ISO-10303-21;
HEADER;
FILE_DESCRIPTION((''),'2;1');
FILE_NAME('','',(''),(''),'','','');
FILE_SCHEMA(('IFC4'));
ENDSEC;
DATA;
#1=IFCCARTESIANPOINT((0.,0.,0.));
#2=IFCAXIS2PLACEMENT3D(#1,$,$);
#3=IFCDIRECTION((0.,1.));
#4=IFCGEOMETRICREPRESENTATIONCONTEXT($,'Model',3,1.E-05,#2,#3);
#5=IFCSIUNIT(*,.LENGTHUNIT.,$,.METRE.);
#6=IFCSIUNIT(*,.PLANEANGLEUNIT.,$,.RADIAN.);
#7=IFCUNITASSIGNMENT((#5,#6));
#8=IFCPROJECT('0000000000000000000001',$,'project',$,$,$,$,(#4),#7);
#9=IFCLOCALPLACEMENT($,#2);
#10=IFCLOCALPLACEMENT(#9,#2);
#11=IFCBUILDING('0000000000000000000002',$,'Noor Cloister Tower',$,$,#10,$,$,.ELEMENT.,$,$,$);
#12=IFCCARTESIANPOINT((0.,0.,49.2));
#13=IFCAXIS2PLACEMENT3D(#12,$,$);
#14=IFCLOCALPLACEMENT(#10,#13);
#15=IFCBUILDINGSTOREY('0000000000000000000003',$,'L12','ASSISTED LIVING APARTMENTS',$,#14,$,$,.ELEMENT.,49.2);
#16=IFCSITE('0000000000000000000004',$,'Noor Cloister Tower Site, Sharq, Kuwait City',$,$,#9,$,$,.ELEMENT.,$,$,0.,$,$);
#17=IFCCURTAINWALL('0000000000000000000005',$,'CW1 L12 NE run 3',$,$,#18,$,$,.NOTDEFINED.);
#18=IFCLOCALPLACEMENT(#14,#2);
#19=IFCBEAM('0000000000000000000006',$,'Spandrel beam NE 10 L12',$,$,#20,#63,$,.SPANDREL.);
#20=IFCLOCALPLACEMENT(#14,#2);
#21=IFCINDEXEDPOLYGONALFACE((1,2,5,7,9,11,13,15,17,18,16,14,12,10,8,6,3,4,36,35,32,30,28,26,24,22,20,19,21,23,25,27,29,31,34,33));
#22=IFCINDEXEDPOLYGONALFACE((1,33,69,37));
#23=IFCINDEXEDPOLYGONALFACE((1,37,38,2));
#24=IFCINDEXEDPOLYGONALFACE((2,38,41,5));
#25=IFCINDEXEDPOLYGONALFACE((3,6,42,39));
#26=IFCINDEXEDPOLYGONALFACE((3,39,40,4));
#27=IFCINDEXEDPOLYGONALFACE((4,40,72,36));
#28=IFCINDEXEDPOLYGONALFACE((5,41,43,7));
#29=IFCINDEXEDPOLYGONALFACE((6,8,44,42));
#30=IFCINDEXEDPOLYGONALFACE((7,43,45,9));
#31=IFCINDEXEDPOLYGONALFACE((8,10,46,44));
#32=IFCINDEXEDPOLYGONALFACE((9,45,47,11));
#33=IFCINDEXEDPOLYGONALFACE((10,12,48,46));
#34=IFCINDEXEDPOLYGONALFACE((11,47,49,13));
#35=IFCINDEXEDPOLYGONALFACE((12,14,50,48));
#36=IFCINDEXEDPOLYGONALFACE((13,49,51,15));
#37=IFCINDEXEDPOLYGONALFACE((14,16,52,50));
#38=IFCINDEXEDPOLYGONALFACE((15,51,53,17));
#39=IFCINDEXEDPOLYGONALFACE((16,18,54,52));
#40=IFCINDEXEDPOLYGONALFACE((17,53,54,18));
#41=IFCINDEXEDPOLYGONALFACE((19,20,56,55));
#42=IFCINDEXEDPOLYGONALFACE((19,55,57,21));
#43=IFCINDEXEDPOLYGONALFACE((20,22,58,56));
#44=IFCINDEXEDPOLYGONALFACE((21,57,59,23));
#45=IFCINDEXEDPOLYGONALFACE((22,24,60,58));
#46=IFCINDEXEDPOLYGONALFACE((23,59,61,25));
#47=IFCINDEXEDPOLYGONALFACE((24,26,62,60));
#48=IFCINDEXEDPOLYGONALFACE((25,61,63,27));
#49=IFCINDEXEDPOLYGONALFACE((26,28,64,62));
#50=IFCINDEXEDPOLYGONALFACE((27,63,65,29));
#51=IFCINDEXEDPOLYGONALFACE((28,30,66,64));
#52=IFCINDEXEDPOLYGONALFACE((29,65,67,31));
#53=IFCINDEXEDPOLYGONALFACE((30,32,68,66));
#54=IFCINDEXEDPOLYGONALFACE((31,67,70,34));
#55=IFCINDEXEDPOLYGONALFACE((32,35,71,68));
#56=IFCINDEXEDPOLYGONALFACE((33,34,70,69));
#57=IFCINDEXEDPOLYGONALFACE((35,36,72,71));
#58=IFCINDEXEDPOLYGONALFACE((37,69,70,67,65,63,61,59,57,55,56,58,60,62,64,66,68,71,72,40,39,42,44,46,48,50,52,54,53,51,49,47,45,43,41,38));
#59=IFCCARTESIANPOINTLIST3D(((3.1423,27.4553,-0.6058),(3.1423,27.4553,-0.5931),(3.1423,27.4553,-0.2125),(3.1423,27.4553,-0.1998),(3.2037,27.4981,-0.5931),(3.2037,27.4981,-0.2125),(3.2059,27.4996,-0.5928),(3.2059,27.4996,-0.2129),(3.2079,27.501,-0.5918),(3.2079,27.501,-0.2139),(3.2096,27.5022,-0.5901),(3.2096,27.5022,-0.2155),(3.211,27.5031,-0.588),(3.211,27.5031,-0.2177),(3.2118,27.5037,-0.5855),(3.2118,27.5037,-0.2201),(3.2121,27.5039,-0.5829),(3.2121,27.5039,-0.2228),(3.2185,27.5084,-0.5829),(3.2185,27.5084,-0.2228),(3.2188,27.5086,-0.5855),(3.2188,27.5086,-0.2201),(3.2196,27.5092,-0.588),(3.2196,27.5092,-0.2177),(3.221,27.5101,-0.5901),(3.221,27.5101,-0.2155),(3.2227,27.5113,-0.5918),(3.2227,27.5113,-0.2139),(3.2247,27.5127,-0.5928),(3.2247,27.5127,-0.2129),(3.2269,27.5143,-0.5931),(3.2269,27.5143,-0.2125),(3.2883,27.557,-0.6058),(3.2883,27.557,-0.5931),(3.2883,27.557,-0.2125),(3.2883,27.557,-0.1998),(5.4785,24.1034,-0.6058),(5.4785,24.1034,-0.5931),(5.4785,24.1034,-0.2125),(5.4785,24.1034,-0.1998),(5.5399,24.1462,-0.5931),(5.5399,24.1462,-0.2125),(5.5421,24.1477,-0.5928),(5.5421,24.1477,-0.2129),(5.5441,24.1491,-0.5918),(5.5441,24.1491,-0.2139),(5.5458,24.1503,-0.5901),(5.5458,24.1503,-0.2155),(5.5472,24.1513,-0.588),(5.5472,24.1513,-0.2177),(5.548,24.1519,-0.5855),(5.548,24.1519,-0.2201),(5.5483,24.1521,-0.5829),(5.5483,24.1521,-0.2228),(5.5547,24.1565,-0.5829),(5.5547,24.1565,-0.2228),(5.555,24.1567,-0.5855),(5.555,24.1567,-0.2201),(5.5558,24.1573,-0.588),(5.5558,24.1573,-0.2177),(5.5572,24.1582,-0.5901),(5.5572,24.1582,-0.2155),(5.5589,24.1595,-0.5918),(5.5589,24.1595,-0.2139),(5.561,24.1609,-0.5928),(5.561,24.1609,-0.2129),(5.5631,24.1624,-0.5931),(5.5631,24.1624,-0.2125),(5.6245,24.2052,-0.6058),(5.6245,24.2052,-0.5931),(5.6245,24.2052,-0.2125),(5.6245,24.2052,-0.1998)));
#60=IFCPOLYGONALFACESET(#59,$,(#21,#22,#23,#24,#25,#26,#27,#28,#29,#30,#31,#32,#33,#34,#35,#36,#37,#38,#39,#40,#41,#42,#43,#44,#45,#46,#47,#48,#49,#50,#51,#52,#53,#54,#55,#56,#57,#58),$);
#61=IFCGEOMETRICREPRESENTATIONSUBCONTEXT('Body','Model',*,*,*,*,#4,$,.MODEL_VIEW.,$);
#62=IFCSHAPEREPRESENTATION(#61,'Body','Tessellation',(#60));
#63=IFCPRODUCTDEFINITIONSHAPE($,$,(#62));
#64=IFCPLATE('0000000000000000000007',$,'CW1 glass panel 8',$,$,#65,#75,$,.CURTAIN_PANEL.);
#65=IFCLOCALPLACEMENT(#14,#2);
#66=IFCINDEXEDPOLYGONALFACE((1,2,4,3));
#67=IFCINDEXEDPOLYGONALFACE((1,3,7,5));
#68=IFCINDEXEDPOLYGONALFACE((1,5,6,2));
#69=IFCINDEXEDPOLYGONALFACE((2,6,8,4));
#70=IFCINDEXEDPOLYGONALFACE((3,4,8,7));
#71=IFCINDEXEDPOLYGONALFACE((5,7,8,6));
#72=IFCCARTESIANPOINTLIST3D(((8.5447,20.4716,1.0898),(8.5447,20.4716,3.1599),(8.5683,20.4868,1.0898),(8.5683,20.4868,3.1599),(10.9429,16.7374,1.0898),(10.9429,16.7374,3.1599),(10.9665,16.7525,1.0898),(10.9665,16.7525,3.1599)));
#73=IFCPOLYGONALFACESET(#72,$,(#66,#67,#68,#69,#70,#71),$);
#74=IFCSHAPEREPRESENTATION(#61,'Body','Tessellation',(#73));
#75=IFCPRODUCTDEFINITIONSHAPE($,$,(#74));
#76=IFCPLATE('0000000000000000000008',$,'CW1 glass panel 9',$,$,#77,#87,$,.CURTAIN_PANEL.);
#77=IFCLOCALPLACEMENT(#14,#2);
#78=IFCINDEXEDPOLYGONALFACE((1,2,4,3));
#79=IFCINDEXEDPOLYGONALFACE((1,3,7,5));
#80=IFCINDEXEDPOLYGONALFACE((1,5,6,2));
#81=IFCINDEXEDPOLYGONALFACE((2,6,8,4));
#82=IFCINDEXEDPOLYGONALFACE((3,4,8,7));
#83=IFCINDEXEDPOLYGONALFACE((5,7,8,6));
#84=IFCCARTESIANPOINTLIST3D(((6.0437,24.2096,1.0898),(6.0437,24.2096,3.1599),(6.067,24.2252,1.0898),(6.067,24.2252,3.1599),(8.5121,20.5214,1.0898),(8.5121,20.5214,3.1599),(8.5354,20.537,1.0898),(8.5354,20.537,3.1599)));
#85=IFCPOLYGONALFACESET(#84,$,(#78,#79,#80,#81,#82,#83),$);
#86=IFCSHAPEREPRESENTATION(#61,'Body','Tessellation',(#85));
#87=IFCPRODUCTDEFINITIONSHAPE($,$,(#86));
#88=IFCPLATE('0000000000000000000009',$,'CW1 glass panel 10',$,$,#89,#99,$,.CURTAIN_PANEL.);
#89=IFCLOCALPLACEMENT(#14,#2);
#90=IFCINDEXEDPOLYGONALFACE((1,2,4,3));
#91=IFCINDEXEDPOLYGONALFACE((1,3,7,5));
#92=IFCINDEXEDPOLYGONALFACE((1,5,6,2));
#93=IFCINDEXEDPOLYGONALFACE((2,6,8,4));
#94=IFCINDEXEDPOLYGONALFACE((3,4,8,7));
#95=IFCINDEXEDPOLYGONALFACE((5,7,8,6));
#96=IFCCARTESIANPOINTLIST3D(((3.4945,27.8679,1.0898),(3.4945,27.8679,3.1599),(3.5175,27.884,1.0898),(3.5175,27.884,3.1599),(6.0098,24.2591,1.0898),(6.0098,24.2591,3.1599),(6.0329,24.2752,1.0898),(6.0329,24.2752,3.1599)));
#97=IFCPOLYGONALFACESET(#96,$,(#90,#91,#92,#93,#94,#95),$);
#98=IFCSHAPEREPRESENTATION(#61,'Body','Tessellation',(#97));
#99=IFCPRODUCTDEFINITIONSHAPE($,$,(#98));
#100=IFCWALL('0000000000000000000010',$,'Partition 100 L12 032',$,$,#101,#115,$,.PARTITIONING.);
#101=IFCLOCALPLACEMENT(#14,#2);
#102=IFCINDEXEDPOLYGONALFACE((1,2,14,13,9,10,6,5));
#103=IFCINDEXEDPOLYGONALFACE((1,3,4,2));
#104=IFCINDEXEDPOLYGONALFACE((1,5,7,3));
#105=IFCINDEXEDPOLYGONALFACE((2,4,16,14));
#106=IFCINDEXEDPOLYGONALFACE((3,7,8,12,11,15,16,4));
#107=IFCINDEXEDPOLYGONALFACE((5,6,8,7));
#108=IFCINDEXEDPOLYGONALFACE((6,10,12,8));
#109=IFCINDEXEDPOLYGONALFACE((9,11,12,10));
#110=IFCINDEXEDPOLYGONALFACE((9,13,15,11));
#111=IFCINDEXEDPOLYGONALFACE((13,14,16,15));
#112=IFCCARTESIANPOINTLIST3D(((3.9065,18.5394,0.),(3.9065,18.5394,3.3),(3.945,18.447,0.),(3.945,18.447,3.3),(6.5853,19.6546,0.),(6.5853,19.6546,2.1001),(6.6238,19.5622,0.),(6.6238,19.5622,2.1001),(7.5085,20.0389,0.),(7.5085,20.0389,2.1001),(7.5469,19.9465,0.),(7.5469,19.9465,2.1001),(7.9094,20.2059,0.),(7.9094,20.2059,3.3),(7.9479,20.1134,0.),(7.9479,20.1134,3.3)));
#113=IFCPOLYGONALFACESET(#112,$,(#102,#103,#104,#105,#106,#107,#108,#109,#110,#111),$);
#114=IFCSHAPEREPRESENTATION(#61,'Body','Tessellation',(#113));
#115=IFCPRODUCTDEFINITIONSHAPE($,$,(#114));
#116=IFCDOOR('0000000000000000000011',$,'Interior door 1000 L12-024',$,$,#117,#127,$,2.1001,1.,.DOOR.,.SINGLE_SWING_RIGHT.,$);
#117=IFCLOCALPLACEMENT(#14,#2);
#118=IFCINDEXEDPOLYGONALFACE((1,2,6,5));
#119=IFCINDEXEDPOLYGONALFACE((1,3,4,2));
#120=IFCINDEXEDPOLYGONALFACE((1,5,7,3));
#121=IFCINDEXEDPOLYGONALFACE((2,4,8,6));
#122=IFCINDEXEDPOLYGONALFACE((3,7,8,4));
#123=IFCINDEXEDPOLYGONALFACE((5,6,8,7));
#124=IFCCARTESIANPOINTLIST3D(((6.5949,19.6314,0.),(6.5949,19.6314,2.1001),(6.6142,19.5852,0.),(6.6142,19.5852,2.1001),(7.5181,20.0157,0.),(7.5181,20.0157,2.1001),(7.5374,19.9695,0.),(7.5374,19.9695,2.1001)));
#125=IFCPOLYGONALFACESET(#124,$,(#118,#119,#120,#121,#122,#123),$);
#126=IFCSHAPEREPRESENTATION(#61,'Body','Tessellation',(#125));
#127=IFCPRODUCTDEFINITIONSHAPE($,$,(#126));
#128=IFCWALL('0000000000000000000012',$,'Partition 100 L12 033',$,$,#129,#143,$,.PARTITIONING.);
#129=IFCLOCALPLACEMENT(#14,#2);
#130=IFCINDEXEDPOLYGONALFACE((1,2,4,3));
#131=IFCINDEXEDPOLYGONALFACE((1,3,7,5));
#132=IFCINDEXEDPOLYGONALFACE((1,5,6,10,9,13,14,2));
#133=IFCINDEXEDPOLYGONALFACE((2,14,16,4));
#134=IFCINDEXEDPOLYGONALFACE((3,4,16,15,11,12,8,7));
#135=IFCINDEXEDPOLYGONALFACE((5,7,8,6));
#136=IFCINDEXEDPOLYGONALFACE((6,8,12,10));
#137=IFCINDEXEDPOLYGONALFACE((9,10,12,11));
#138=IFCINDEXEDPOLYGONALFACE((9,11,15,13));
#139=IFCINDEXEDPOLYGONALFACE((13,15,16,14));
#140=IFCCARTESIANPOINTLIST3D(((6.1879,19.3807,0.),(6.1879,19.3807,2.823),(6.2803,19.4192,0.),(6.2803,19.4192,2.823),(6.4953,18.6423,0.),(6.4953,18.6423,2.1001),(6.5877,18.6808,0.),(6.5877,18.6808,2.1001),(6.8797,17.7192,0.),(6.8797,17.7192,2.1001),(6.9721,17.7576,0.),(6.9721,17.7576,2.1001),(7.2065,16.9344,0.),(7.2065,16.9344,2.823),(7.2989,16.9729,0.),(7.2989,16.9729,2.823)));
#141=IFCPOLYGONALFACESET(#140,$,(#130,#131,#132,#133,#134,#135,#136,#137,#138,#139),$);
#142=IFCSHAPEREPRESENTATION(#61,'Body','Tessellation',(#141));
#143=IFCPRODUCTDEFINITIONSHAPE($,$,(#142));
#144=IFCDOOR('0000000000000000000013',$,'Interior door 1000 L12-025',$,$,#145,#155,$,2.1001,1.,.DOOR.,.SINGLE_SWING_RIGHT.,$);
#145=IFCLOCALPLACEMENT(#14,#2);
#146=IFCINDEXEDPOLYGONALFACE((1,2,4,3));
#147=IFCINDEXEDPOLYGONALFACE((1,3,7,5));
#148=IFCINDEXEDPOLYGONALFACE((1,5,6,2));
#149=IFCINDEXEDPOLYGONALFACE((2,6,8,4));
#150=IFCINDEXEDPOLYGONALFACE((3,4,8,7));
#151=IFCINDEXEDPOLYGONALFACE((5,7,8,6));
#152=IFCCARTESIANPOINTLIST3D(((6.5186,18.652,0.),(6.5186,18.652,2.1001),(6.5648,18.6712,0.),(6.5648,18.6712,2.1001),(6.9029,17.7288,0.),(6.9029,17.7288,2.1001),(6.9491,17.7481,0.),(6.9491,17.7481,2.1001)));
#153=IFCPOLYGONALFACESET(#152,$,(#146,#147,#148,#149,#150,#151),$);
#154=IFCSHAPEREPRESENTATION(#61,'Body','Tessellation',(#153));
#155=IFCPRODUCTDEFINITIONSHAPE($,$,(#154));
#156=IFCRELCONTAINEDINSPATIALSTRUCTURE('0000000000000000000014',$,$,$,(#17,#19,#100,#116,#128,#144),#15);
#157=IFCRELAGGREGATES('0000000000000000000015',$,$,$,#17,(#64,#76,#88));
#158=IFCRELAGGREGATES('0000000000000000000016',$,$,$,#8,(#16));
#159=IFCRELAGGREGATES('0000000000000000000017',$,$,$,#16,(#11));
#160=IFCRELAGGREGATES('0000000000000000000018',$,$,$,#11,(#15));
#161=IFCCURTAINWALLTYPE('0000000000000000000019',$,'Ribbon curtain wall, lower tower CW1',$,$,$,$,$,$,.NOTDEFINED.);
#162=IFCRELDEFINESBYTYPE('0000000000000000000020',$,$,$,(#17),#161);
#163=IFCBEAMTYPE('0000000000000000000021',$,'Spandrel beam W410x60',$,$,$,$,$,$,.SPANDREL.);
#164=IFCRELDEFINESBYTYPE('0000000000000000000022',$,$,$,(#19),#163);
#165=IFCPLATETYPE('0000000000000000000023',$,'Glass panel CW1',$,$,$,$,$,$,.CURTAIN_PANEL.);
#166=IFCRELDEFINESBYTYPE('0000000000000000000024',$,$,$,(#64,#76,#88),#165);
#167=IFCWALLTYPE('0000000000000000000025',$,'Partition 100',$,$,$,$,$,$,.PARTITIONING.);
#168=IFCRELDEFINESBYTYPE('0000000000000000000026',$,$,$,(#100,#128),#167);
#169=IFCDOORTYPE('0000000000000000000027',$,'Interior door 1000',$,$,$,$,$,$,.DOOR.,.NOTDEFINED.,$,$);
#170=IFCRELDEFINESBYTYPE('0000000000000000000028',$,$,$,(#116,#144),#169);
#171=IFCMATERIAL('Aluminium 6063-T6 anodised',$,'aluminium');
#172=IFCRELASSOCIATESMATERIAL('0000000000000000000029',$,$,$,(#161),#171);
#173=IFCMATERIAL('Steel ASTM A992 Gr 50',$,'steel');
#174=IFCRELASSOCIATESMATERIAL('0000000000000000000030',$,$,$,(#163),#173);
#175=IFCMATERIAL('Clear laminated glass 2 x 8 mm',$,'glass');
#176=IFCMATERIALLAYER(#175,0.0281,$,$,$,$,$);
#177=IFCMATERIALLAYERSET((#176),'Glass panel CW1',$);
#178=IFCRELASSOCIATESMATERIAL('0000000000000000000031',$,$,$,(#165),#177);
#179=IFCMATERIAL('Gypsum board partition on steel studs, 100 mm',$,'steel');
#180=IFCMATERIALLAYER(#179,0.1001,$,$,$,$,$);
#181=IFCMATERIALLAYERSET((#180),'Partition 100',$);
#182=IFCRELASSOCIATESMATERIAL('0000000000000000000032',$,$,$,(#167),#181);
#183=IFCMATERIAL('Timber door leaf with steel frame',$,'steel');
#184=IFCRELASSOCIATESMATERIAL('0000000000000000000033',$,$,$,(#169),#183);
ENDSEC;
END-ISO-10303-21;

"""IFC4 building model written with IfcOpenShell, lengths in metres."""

from ifc_helpers import new_model, si_unit, direction, frame, frame_2d, origin, origin_2d, place, context, subcontext, project, spatial, rectangle, i_section, extrude, material, layer, layer_set, material_profile, profile_set, type_object, element, fill, aggregate, save


model = new_model("IFC4")

# Units and contexts
model_context = context("Model", 3, precision=1e-05, world=origin(), true_north=direction((0.0, 1.0)))
body_context = subcontext(model_context, "Body", "Model", "MODEL_VIEW")
ifc_project = project(units=[si_unit("LENGTHUNIT", "METRE"), si_unit("PLANEANGLEUNIT", "RADIAN")], contexts=[model_context])

# Site, building, storey
site_placement = place(None, origin())
site = spatial("IfcSite", under=ifc_project, at=site_placement, Name="Noor Cloister Tower Site, Sharq, Kuwait City", CompositionType="ELEMENT", RefElevation=0.0)
building_placement = place(site_placement, origin())
building = spatial("IfcBuilding", under=site, at=building_placement, Name="Noor Cloister Tower", CompositionType="ELEMENT")
storey_placement = place(building_placement, frame((0.0, 0.0, 49.2)))
storey = spatial("IfcBuildingStorey", under=building, at=storey_placement, Name="L12", Description="ASSISTED LIVING APARTMENTS", CompositionType="ELEMENT", Elevation=49.2)

# Curtain wall
ifc_material_1 = material(Name="Aluminium 6063-T6 anodised", Category="aluminium")
curtain_wall_type = type_object("IfcCurtainWallType", Name="Ribbon curtain wall, lower tower CW1", PredefinedType="NOTDEFINED", material=ifc_material_1)
curtain_wall_placement = place(storey_placement, origin())
curtain_wall = element("IfcCurtainWall", 1, at=curtain_wall_placement, inside=storey, type_object=curtain_wall_type, Name="CW1 L12 NE run 3", PredefinedType="NOTDEFINED")

# Beam
ifc_material_2 = material(Name="Steel ASTM A992 Gr 50", Category="steel")
ifc_material_profile_1 = material_profile(ifc_material_2, i_section(OverallWidth=0.178, OverallDepth=0.406, WebThickness=0.0078, FlangeThickness=0.0127, FilletRadius=0.0103, at=origin_2d()), Name="W410x60")
ifc_profile_set_1 = profile_set([ifc_material_profile_1], Name="Steel ASTM A992 Gr 50")
beam_type_1 = type_object("IfcBeamType", Name="Spandrel beam W410x60", PredefinedType="SPANDREL", material=ifc_profile_set_1)
for number, where, z_axis, x_axis, name in (
    (2, (5.5515, 24.1543, -0.4028), (-0.571805, 0.82039, 0.0), (-0.82039, -0.571805, 0.0), "Spandrel beam NE 10 L12"),
):
    element("IfcBeam", number, at=place(storey_placement, frame(where, z_axis=z_axis, x_axis=x_axis)), inside=storey, type_object=beam_type_1, Name=name, PredefinedType="SPANDREL", context=body_context, shape_type="SweptSolid", body=[
        extrude(i_section(OverallWidth=0.178, OverallDepth=0.406, WebThickness=0.0078, FlangeThickness=0.0127, FilletRadius=0.0103, at=origin_2d()), origin(), (0.0, 0.0, 1.0), 4.0857),
    ])

# Plates
ifc_material_3 = material(Name="Clear laminated glass 2 x 8 mm", Category="glass")
ifc_layer_1 = layer(ifc_material_3, 0.0281)
ifc_layer_set_1 = layer_set([ifc_layer_1], Name="Glass panel CW1")
plate_type = type_object("IfcPlateType", Name="Glass panel CW1", PredefinedType="CURTAIN_PANEL", material=ifc_layer_set_1)
plate_1_placement = place(storey_placement, frame((9.7556, 18.6121, 1.0898), z_axis=(0.0, 0.0, 1.0), x_axis=(-0.54038, 0.841421, 0.0)))
plate_1 = element("IfcPlate", 3, at=plate_1_placement, type_object=plate_type, Name="CW1 glass panel 8", PredefinedType="CURTAIN_PANEL", context=body_context, shape_type="SweptSolid", body=[
    extrude(rectangle(XDim=4.438, YDim=0.0281, at=origin_2d()), origin(), (0.0, 0.0, 1.0), 2.0701),
])
plate_2_placement = place(storey_placement, frame((7.2896, 22.3733, 1.0898), z_axis=(0.0, 0.0, 1.0), x_axis=(-0.556198, 0.831049, 0.0)))
plate_2 = element("IfcPlate", 4, at=plate_2_placement, type_object=plate_type, Name="CW1 glass panel 9", PredefinedType="CURTAIN_PANEL", context=body_context, shape_type="SweptSolid", body=[
    extrude(rectangle(XDim=4.438, YDim=0.0281, at=origin_2d()), origin(), (0.0, 0.0, 1.0), 2.0701),
])
plate_3_placement = place(storey_placement, frame((4.7637, 26.0715, 1.0898), z_axis=(0.0, 0.0, 1.0), x_axis=(-0.571818, 0.82038, 0.0)))
plate_3 = element("IfcPlate", 5, at=plate_3_placement, type_object=plate_type, Name="CW1 glass panel 10", PredefinedType="CURTAIN_PANEL", context=body_context, shape_type="SweptSolid", body=[
    extrude(rectangle(XDim=4.3989, YDim=0.0281, at=origin_2d()), origin(), (0.0, 0.0, 1.0), 2.0701),
])
aggregate(curtain_wall, [plate_1, plate_2, plate_3])

# Walls, openings, doors
ifc_material_4 = material(Name="Gypsum board partition on steel studs, 100 mm", Category="steel")
ifc_layer_2 = layer(ifc_material_4, 0.1001)
ifc_layer_set_2 = layer_set([ifc_layer_2], Name="Partition 100")
wall_type = type_object("IfcWallType", Name="Partition 100", PredefinedType="PARTITIONING", material=ifc_layer_set_2)
wall_1_placement = place(storey_placement, frame((3.9258, 18.4932, 0.0), z_axis=(0.0, 0.0, 1.0), x_axis=(0.92319, 0.384344, 0.0)))
wall_1 = element("IfcWall", 6, at=wall_1_placement, inside=storey, type_object=wall_type, Name="Partition 100 L12 032", PredefinedType="PARTITIONING", context=body_context, shape_type="SweptSolid", body=[
    extrude(rectangle(XDim=4.3359, YDim=0.1001, at=frame_2d((2.168, 0.0))), origin(), (0.0, 0.0, 1.0), 3.3),
])
opening_1_placement = place(wall_1_placement, frame((2.9016, 0.0, 0.0)))
opening_1 = element("IfcOpeningElement", 7, at=opening_1_placement, cuts=wall_1, PredefinedType="OPENING", context=body_context, shape_type="SweptSolid", body=[
    extrude(rectangle(XDim=1.0, YDim=2.1001, at=frame_2d((0.5, 1.05))), frame((0.0, 0.0601, 0.0), z_axis=(0.0, -1.0, 0.0), x_axis=(1.0, 0.0, 0.0)), (0.0, 0.0, 1.0), 0.1201),
])
ifc_material_5 = material(Name="Timber door leaf with steel frame", Category="steel")
door_type = type_object("IfcDoorType", Name="Interior door 1000", OperationType="NOTDEFINED", PredefinedType="DOOR", material=ifc_material_5)
door_1_placement = place(opening_1_placement, origin())
door_1 = element("IfcDoor", 8, at=door_1_placement, inside=storey, type_object=door_type, Name="Interior door 1000 L12-024", OperationType="SINGLE_SWING_RIGHT", OverallHeight=2.1001, OverallWidth=1.0, PredefinedType="DOOR", context=body_context, shape_type="SweptSolid", body=[
    extrude(rectangle(XDim=1.0, YDim=2.1001, at=frame_2d((0.5, 1.05))), frame((0.0, 0.0249, 0.0), z_axis=(0.0, -1.0, 0.0), x_axis=(1.0, 0.0, 0.0)), (0.0, 0.0, 1.0), 0.05),
])
fill(opening_1, door_1)
wall_2_placement = place(storey_placement, frame((7.2527, 16.9536, 0.0), z_axis=(0.0, 0.0, 1.0), x_axis=(-0.38438, 0.923175, 0.0)))
wall_2 = element("IfcWall", 9, at=wall_2_placement, inside=storey, type_object=wall_type, Name="Partition 100 L12 033", PredefinedType="PARTITIONING", context=body_context, shape_type="SweptSolid", body=[
    extrude(rectangle(XDim=2.6499, YDim=0.1001, at=frame_2d((1.325, 0.0))), origin(), (0.0, 0.0, 1.0), 2.823),
])
opening_2_placement = place(wall_2_placement, frame((0.8501, 0.0, 0.0)))
opening_2 = element("IfcOpeningElement", 10, at=opening_2_placement, cuts=wall_2, PredefinedType="OPENING", context=body_context, shape_type="SweptSolid", body=[
    extrude(rectangle(XDim=1.0, YDim=2.1001, at=frame_2d((0.5, 1.05))), frame((0.0, 0.0601, 0.0), z_axis=(0.0, -1.0, 0.0), x_axis=(1.0, 0.0, 0.0)), (0.0, 0.0, 1.0), 0.1201),
])
door_2_placement = place(opening_2_placement, origin())
door_2 = element("IfcDoor", 11, at=door_2_placement, inside=storey, type_object=door_type, Name="Interior door 1000 L12-025", OperationType="SINGLE_SWING_RIGHT", OverallHeight=2.1001, OverallWidth=1.0, PredefinedType="DOOR", context=body_context, shape_type="SweptSolid", body=[
    extrude(rectangle(XDim=1.0, YDim=2.1001, at=frame_2d((0.5, 1.05))), frame((0.0, 0.0249, 0.0), z_axis=(0.0, -1.0, 0.0), x_axis=(1.0, 0.0, 0.0)), (0.0, 0.0, 1.0), 0.05),
])
fill(opening_2, door_2)

save(model, "model.ifc")
